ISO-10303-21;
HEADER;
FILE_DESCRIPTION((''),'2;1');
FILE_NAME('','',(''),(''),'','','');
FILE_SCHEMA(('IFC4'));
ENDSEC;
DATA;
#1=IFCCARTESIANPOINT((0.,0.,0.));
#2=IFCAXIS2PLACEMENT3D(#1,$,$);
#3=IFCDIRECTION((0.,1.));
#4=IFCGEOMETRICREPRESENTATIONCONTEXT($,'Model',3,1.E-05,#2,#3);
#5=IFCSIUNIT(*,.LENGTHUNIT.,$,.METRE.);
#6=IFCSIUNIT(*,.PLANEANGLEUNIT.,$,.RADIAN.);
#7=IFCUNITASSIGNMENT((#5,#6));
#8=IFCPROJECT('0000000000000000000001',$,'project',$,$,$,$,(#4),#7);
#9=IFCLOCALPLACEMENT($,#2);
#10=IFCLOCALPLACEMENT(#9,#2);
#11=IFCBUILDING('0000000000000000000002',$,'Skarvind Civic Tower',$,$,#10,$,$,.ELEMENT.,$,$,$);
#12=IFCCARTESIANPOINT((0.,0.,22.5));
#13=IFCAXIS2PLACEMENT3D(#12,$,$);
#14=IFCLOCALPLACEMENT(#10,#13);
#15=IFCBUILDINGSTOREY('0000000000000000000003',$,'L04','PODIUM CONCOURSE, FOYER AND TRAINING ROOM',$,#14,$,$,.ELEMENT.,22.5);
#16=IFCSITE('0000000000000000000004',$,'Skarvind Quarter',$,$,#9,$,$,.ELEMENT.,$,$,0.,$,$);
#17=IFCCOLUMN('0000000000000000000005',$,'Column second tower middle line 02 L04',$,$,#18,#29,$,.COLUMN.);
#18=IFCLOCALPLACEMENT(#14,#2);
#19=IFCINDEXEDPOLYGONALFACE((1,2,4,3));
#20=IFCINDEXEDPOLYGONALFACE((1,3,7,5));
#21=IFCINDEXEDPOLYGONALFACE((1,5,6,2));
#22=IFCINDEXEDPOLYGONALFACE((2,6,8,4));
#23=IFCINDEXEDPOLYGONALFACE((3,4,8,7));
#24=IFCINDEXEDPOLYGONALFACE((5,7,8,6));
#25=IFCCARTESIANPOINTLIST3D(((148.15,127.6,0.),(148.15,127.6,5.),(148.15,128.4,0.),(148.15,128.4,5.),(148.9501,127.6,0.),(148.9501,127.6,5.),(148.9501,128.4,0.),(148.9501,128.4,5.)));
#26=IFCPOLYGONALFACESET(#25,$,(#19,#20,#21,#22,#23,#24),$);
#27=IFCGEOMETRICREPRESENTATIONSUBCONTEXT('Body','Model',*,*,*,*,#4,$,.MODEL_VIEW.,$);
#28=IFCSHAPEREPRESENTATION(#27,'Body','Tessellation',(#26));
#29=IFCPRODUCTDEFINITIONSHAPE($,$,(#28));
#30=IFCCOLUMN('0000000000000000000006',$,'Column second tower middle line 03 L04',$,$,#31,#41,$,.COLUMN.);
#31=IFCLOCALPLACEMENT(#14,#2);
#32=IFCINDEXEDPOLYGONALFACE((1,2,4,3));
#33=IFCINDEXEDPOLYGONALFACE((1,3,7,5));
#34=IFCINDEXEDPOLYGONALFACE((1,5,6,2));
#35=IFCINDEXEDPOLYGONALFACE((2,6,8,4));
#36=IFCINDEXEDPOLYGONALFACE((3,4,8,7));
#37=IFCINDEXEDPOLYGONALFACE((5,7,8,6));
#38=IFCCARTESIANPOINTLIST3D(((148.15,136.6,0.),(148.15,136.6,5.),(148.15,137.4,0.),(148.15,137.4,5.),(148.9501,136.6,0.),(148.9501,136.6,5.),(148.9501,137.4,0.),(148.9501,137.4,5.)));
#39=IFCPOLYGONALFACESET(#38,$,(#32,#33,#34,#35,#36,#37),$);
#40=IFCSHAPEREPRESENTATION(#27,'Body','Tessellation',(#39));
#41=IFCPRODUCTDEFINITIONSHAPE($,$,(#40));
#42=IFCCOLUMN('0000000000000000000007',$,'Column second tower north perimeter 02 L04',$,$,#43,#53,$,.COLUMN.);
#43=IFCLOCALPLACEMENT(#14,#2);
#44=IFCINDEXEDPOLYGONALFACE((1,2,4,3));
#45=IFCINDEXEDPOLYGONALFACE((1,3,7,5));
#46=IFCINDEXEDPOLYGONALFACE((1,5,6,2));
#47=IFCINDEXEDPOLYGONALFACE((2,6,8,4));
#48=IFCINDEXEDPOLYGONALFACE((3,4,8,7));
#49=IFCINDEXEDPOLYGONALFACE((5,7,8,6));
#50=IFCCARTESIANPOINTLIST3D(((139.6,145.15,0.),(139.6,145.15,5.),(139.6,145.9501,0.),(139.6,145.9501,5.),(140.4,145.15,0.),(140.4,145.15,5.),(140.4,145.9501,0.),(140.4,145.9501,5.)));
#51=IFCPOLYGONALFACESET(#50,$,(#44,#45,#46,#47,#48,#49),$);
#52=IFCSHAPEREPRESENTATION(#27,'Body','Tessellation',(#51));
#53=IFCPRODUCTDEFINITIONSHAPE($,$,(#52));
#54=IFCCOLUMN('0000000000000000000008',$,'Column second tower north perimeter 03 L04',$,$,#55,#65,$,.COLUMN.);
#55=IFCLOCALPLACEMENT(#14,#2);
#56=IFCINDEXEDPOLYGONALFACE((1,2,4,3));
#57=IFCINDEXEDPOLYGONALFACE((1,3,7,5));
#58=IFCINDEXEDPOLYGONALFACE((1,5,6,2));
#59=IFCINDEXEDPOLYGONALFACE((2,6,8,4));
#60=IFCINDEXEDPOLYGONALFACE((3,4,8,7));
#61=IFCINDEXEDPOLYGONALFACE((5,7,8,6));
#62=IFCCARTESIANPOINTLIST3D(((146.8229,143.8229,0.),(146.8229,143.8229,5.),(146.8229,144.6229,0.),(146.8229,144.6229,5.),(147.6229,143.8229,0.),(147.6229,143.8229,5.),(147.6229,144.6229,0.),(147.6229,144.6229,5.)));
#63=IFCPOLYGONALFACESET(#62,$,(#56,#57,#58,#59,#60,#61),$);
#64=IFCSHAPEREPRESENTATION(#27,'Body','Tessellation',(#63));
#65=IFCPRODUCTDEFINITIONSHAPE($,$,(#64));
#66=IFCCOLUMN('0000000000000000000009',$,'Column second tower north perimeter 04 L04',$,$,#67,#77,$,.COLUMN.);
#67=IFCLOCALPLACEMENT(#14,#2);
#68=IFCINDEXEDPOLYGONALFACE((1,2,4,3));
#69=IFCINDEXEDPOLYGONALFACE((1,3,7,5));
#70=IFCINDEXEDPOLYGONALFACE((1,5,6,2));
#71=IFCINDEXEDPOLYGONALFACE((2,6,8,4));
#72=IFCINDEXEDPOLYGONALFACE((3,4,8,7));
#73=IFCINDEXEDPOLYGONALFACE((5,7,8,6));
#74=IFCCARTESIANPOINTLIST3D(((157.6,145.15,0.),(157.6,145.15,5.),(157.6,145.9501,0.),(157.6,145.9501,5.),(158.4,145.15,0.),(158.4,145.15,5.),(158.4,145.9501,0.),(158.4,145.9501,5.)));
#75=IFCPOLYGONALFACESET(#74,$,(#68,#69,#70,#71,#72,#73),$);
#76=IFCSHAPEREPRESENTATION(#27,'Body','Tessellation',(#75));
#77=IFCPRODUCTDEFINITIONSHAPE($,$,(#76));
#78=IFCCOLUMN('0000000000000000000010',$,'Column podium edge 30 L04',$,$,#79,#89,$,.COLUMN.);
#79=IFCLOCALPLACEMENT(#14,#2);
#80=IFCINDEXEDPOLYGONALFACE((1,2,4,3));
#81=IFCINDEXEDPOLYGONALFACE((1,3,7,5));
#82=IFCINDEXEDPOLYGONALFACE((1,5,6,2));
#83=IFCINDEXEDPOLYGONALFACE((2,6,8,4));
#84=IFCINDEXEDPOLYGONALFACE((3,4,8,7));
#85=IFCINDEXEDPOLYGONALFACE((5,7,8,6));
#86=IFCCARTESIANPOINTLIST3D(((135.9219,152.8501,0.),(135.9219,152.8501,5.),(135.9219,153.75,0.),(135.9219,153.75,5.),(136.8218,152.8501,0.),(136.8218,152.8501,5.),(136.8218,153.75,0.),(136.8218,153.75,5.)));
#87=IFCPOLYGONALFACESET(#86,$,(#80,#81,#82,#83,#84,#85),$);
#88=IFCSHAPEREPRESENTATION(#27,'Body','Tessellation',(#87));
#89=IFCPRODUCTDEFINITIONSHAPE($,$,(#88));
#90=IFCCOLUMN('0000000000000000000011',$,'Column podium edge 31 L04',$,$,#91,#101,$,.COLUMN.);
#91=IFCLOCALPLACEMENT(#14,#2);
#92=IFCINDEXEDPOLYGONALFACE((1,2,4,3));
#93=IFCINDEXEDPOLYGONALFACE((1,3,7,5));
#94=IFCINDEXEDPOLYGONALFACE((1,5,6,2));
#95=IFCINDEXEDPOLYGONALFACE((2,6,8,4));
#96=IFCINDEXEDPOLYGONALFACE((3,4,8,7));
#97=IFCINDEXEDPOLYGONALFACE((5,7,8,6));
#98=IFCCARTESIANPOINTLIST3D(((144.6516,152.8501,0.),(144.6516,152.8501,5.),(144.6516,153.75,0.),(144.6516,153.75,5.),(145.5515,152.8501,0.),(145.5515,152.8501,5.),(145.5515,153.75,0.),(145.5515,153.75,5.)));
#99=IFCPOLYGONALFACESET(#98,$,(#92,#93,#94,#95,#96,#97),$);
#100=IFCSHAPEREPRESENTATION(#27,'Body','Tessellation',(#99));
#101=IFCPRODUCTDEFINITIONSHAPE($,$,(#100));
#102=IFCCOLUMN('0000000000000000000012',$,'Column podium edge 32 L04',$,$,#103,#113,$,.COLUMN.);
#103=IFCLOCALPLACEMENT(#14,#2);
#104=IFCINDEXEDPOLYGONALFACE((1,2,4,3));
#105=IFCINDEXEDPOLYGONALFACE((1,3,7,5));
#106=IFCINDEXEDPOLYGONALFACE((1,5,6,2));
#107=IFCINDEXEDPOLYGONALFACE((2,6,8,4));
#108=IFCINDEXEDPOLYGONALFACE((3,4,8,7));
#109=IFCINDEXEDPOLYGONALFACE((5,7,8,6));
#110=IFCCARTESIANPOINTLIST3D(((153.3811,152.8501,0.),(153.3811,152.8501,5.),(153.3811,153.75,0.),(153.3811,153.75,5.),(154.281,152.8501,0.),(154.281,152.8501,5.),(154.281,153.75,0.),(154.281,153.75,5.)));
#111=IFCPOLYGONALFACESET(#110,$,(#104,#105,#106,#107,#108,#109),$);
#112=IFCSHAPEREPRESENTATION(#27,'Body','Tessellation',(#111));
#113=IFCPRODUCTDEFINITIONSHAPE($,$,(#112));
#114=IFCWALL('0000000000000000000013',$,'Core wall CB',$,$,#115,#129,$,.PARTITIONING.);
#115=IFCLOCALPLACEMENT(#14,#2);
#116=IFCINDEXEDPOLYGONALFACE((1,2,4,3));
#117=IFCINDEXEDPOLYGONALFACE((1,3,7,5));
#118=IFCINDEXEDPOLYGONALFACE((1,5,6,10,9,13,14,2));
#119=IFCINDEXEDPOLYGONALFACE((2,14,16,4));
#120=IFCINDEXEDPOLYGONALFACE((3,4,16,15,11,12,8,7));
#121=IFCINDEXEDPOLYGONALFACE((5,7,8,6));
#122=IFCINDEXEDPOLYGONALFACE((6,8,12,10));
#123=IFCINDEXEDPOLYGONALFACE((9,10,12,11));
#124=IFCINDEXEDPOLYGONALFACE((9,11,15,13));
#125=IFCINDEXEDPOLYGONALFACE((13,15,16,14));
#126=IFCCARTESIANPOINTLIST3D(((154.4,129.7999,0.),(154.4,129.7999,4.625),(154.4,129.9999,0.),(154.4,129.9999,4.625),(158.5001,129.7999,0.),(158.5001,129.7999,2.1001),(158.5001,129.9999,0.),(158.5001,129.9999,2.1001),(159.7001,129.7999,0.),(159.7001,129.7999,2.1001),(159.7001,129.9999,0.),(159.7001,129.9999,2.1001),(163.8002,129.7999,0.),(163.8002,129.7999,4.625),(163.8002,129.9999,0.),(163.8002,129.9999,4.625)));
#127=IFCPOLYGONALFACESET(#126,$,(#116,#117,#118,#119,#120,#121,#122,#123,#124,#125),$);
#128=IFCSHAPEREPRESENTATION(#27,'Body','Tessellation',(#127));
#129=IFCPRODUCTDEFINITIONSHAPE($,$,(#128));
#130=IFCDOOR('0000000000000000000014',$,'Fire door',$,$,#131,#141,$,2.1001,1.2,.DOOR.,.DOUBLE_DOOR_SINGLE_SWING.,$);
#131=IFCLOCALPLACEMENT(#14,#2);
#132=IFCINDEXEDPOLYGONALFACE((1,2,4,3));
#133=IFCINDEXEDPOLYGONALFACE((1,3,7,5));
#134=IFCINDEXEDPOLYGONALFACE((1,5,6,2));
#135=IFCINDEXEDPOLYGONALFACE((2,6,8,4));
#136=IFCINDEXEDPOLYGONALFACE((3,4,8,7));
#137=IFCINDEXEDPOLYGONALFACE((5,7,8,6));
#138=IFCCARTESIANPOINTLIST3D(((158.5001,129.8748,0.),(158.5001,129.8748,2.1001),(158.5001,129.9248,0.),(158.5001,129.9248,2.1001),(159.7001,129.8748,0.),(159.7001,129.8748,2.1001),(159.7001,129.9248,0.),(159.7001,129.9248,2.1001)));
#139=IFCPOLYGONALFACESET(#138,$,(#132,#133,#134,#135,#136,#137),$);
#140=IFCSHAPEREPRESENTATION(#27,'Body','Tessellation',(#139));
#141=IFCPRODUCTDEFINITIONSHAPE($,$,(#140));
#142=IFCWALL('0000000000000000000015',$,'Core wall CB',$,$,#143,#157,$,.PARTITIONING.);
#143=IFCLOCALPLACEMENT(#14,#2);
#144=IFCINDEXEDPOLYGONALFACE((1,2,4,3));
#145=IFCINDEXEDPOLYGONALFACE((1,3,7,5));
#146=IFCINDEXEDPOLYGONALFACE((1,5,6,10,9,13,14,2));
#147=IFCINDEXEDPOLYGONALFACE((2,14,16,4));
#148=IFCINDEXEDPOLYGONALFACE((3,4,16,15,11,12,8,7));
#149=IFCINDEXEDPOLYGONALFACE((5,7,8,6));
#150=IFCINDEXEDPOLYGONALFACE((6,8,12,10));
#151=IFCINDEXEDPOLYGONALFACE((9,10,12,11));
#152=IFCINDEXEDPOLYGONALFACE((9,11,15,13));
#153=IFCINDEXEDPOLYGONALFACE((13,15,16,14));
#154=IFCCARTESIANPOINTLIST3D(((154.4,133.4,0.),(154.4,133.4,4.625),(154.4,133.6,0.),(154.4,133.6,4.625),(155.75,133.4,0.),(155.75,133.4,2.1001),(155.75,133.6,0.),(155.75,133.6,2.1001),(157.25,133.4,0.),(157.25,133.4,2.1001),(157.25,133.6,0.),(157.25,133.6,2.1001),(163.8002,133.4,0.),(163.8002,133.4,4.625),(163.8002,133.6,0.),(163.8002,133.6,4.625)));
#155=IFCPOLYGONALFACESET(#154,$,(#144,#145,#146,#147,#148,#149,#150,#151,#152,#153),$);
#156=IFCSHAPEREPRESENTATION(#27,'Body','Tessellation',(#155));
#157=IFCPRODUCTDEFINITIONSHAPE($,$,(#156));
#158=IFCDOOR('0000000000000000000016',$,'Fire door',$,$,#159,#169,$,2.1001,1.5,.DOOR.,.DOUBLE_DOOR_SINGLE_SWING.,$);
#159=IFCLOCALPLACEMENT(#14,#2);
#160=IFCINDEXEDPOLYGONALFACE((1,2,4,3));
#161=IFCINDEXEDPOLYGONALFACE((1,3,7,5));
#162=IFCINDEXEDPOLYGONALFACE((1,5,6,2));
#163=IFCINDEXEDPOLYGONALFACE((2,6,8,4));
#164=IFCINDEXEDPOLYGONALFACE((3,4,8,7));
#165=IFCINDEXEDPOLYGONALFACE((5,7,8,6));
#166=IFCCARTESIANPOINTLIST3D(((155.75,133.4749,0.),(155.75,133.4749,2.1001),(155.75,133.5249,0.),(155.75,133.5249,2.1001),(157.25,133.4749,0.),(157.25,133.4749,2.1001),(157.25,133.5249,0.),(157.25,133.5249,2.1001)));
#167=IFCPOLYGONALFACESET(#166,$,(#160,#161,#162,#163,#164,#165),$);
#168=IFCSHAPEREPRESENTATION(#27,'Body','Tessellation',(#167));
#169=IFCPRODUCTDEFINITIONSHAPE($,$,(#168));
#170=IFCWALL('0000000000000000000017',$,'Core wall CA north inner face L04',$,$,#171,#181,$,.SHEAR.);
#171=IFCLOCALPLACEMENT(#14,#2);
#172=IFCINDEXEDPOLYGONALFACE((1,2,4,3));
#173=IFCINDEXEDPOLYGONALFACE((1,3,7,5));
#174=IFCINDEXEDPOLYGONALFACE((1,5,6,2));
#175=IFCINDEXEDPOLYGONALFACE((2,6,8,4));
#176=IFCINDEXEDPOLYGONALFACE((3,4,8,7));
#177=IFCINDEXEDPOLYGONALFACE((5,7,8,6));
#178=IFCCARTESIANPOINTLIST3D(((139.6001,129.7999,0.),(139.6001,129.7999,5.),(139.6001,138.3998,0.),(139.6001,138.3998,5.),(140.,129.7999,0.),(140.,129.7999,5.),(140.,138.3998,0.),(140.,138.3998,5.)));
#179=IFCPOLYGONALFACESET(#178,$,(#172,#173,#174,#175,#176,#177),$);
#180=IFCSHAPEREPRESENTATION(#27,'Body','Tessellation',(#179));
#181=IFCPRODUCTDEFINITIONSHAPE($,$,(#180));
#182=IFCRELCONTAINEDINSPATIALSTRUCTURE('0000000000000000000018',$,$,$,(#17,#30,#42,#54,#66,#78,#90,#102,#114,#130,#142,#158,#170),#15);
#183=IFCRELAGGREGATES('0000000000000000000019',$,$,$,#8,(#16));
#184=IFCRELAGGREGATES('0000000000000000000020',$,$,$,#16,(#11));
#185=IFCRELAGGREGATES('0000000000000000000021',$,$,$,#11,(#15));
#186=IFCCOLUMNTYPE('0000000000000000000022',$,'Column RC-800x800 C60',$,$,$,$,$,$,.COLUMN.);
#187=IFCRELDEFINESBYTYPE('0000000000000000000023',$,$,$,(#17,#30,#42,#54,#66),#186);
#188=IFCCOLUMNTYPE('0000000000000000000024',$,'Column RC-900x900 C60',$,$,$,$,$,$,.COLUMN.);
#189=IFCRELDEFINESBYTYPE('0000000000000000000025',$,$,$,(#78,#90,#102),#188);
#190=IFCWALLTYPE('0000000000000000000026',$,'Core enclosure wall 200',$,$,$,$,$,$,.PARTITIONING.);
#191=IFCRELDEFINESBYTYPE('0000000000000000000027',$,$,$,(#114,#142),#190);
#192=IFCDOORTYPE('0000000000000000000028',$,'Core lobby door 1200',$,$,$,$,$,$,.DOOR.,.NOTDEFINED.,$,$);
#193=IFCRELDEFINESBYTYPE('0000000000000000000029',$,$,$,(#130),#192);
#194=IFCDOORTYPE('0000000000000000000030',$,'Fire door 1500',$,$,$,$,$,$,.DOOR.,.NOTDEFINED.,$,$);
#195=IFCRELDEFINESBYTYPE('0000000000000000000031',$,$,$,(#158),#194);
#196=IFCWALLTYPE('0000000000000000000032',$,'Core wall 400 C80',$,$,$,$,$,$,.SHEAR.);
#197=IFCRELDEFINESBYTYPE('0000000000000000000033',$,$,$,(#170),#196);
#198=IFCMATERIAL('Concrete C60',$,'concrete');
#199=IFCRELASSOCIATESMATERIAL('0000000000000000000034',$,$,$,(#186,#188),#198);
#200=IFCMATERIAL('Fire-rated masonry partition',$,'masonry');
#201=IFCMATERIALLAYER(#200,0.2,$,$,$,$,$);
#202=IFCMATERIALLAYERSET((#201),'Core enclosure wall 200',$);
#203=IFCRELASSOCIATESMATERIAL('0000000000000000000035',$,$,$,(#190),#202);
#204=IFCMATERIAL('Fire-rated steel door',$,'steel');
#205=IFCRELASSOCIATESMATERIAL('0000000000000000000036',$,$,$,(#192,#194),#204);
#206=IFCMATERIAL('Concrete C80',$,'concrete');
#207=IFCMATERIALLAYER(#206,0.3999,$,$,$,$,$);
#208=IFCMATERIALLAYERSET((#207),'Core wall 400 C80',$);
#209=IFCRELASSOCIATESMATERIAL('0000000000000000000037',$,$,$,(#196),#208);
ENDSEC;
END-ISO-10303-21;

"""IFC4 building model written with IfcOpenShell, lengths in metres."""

from ifc_helpers import new_model, si_unit, direction, frame, frame_2d, origin, origin_2d, place, context, subcontext, project, spatial, rectangle, extrude, material, layer, layer_set, material_profile, profile_set, type_object, element, fill, save


model = new_model("IFC4")

# Units and contexts
model_context = context("Model", 3, precision=1e-05, world=origin(), true_north=direction((0.0, 1.0)))
body_context = subcontext(model_context, "Body", "Model", "MODEL_VIEW")
ifc_project = project(units=[si_unit("LENGTHUNIT", "METRE"), si_unit("PLANEANGLEUNIT", "RADIAN")], contexts=[model_context])

# Site, building, storey
site_placement = place(None, origin())
site = spatial("IfcSite", under=ifc_project, at=site_placement, Name="Skarvind Quarter", CompositionType="ELEMENT", RefElevation=0.0)
building_placement = place(site_placement, origin())
building = spatial("IfcBuilding", under=site, at=building_placement, Name="Skarvind Civic Tower", CompositionType="ELEMENT")
storey_placement = place(building_placement, frame((0.0, 0.0, 22.5)))
storey = spatial("IfcBuildingStorey", under=building, at=storey_placement, Name="L04", Description="PODIUM CONCOURSE, FOYER AND TRAINING ROOM", CompositionType="ELEMENT", Elevation=22.5)

# Columns
ifc_material_1 = material(Name="Concrete C60", Category="concrete")
ifc_material_profile_1 = material_profile(ifc_material_1, rectangle(XDim=0.8, YDim=0.8, at=origin_2d()), Name="RC-800x800")
ifc_profile_set_1 = profile_set([ifc_material_profile_1], Name="Concrete C60")
column_type_1 = type_object("IfcColumnType", Name="Column RC-800x800 C60", PredefinedType="COLUMN", material=ifc_profile_set_1)
for number, where, z_axis, x_axis, name in (
    (1, (148.55, 128.0, 0.0), (0.0, 0.0, 1.0), (1.0, 0.0, 0.0), "Column second tower middle line 02 L04"),
    (2, (148.55, 137.0, 0.0), (0.0, 0.0, 1.0), (1.0, 0.0, 0.0), "Column second tower middle line 03 L04"),
    (3, (140.0, 145.55, 0.0), (0.0, 0.0, 1.0), (1.0, 0.0, 0.0), "Column second tower north perimeter 02 L04"),
    (4, (147.2229, 144.2229, 0.0), (0.0, 0.0, 1.0), (1.0, 0.0, 0.0), "Column second tower north perimeter 03 L04"),
    (5, (158.0, 145.55, 0.0), (0.0, 0.0, 1.0), (1.0, 0.0, 0.0), "Column second tower north perimeter 04 L04"),
):
    element("IfcColumn", number, at=place(storey_placement, frame(where, z_axis=z_axis, x_axis=x_axis)), inside=storey, type_object=column_type_1, Name=name, PredefinedType="COLUMN", context=body_context, shape_type="SweptSolid", body=[
        extrude(rectangle(XDim=0.8, YDim=0.8, at=origin_2d()), origin(), (0.0, 0.0, 1.0), 5.0),
    ])
ifc_material_profile_2 = material_profile(ifc_material_1, rectangle(XDim=0.8999, YDim=0.8999, at=origin_2d()), Name="RC-900x900")
ifc_profile_set_2 = profile_set([ifc_material_profile_2], Name="Concrete C60")
column_type_2 = type_object("IfcColumnType", Name="Column RC-900x900 C60", PredefinedType="COLUMN", material=ifc_profile_set_2)
for number, where, z_axis, x_axis, name in (
    (6, (136.3718, 153.3, 0.0), (0.0, 0.0, 1.0), (1.0, 0.0, 0.0), "Column podium edge 30 L04"),
    (7, (145.1016, 153.3, 0.0), (0.0, 0.0, 1.0), (1.0, 0.0, 0.0), "Column podium edge 31 L04"),
    (8, (153.8311, 153.3, 0.0), (0.0, 0.0, 1.0), (1.0, 0.0, 0.0), "Column podium edge 32 L04"),
):
    element("IfcColumn", number, at=place(storey_placement, frame(where, z_axis=z_axis, x_axis=x_axis)), inside=storey, type_object=column_type_2, Name=name, PredefinedType="COLUMN", context=body_context, shape_type="SweptSolid", body=[
        extrude(rectangle(XDim=0.8999, YDim=0.8999, at=origin_2d()), origin(), (0.0, 0.0, 1.0), 5.0),
    ])

# Walls, openings, doors
ifc_material_2 = material(Name="Fire-rated masonry partition", Category="masonry")
ifc_layer_1 = layer(ifc_material_2, 0.2)
ifc_layer_set_1 = layer_set([ifc_layer_1], Name="Core enclosure wall 200")
wall_type_1 = type_object("IfcWallType", Name="Core enclosure wall 200", PredefinedType="PARTITIONING", material=ifc_layer_set_1)
wall_1_placement = place(storey_placement, frame((154.3999, 129.8999, 0.0), z_axis=(0.0, 0.0, 1.0), x_axis=(1.0, 0.0, 0.0)))
wall_1 = element("IfcWall", 9, at=wall_1_placement, inside=storey, type_object=wall_type_1, Name="Core wall CB", PredefinedType="PARTITIONING", context=body_context, shape_type="SweptSolid", body=[
    extrude(rectangle(XDim=9.4001, YDim=0.2, at=frame_2d((4.7002, 0.0))), origin(), (0.0, 0.0, 1.0), 4.625),
])
opening_1_placement = place(wall_1_placement, frame((4.1001, 0.0, 0.0)))
opening_1 = element("IfcOpeningElement", 10, at=opening_1_placement, cuts=wall_1, PredefinedType="OPENING", context=body_context, shape_type="SweptSolid", body=[
    extrude(rectangle(XDim=1.2, YDim=2.1001, at=frame_2d((0.6001, 1.05))), frame((0.0, 0.1099, 0.0), z_axis=(0.0, -1.0, 0.0), x_axis=(1.0, 0.0, 0.0)), (0.0, 0.0, 1.0), 0.22),
])
ifc_material_3 = material(Name="Fire-rated steel door", Category="steel")
door_type_1 = type_object("IfcDoorType", Name="Core lobby door 1200", OperationType="NOTDEFINED", PredefinedType="DOOR", material=ifc_material_3)
door_1_placement = place(opening_1_placement, origin())
door_1 = element("IfcDoor", 11, at=door_1_placement, inside=storey, type_object=door_type_1, Name="Fire door", OperationType="DOUBLE_DOOR_SINGLE_SWING", OverallHeight=2.1001, OverallWidth=1.2, PredefinedType="DOOR", context=body_context, shape_type="SweptSolid", body=[
    extrude(rectangle(XDim=1.2, YDim=2.1001, at=frame_2d((0.6001, 1.05))), frame((0.0, 0.0249, 0.0), z_axis=(0.0, -1.0, 0.0), x_axis=(1.0, 0.0, 0.0)), (0.0, 0.0, 1.0), 0.05),
])
fill(opening_1, door_1)
wall_2_placement = place(storey_placement, frame((154.3999, 133.5, 0.0), z_axis=(0.0, 0.0, 1.0), x_axis=(1.0, 0.0, 0.0)))
wall_2 = element("IfcWall", 12, at=wall_2_placement, inside=storey, type_object=wall_type_1, Name="Core wall CB", PredefinedType="PARTITIONING", context=body_context, shape_type="SweptSolid", body=[
    extrude(rectangle(XDim=9.4001, YDim=0.2, at=frame_2d((4.7002, 0.0))), origin(), (0.0, 0.0, 1.0), 4.625),
])
opening_2_placement = place(wall_2_placement, frame((1.3501, 0.0, 0.0)))
opening_2 = element("IfcOpeningElement", 13, at=opening_2_placement, cuts=wall_2, PredefinedType="OPENING", context=body_context, shape_type="SweptSolid", body=[
    extrude(rectangle(XDim=1.5, YDim=2.1001, at=frame_2d((0.75, 1.05))), frame((0.0, 0.1099, 0.0), z_axis=(0.0, -1.0, 0.0), x_axis=(1.0, 0.0, 0.0)), (0.0, 0.0, 1.0), 0.22),
])
door_type_2 = type_object("IfcDoorType", Name="Fire door 1500", OperationType="NOTDEFINED", PredefinedType="DOOR", material=ifc_material_3)
door_2_placement = place(opening_2_placement, origin())
door_2 = element("IfcDoor", 14, at=door_2_placement, inside=storey, type_object=door_type_2, Name="Fire door", OperationType="DOUBLE_DOOR_SINGLE_SWING", OverallHeight=2.1001, OverallWidth=1.5, PredefinedType="DOOR", context=body_context, shape_type="SweptSolid", body=[
    extrude(rectangle(XDim=1.5, YDim=2.1001, at=frame_2d((0.75, 1.05))), frame((0.0, 0.0249, 0.0), z_axis=(0.0, -1.0, 0.0), x_axis=(1.0, 0.0, 0.0)), (0.0, 0.0, 1.0), 0.05),
])
fill(opening_2, door_2)

# Wall
ifc_material_4 = material(Name="Concrete C80", Category="concrete")
ifc_layer_2 = layer(ifc_material_4, 0.3999)
ifc_layer_set_2 = layer_set([ifc_layer_2], Name="Core wall 400 C80")
wall_type_2 = type_object("IfcWallType", Name="Core wall 400 C80", PredefinedType="SHEAR", material=ifc_layer_set_2)
wall_3_placement = place(storey_placement, frame((139.8, 129.8, 0.0), z_axis=(0.0, 0.0, 1.0), x_axis=(0.0, 1.0, 0.0)))
element("IfcWall", 15, at=wall_3_placement, inside=storey, type_object=wall_type_2, Name="Core wall CA north inner face L04", PredefinedType="SHEAR", context=body_context, shape_type="SweptSolid", body=[
    extrude(rectangle(XDim=8.5999, YDim=0.3999, at=frame_2d((4.2998, 0.0))), origin(), (0.0, 0.0, 1.0), 5.0),
])

save(model, "model.ifc")
